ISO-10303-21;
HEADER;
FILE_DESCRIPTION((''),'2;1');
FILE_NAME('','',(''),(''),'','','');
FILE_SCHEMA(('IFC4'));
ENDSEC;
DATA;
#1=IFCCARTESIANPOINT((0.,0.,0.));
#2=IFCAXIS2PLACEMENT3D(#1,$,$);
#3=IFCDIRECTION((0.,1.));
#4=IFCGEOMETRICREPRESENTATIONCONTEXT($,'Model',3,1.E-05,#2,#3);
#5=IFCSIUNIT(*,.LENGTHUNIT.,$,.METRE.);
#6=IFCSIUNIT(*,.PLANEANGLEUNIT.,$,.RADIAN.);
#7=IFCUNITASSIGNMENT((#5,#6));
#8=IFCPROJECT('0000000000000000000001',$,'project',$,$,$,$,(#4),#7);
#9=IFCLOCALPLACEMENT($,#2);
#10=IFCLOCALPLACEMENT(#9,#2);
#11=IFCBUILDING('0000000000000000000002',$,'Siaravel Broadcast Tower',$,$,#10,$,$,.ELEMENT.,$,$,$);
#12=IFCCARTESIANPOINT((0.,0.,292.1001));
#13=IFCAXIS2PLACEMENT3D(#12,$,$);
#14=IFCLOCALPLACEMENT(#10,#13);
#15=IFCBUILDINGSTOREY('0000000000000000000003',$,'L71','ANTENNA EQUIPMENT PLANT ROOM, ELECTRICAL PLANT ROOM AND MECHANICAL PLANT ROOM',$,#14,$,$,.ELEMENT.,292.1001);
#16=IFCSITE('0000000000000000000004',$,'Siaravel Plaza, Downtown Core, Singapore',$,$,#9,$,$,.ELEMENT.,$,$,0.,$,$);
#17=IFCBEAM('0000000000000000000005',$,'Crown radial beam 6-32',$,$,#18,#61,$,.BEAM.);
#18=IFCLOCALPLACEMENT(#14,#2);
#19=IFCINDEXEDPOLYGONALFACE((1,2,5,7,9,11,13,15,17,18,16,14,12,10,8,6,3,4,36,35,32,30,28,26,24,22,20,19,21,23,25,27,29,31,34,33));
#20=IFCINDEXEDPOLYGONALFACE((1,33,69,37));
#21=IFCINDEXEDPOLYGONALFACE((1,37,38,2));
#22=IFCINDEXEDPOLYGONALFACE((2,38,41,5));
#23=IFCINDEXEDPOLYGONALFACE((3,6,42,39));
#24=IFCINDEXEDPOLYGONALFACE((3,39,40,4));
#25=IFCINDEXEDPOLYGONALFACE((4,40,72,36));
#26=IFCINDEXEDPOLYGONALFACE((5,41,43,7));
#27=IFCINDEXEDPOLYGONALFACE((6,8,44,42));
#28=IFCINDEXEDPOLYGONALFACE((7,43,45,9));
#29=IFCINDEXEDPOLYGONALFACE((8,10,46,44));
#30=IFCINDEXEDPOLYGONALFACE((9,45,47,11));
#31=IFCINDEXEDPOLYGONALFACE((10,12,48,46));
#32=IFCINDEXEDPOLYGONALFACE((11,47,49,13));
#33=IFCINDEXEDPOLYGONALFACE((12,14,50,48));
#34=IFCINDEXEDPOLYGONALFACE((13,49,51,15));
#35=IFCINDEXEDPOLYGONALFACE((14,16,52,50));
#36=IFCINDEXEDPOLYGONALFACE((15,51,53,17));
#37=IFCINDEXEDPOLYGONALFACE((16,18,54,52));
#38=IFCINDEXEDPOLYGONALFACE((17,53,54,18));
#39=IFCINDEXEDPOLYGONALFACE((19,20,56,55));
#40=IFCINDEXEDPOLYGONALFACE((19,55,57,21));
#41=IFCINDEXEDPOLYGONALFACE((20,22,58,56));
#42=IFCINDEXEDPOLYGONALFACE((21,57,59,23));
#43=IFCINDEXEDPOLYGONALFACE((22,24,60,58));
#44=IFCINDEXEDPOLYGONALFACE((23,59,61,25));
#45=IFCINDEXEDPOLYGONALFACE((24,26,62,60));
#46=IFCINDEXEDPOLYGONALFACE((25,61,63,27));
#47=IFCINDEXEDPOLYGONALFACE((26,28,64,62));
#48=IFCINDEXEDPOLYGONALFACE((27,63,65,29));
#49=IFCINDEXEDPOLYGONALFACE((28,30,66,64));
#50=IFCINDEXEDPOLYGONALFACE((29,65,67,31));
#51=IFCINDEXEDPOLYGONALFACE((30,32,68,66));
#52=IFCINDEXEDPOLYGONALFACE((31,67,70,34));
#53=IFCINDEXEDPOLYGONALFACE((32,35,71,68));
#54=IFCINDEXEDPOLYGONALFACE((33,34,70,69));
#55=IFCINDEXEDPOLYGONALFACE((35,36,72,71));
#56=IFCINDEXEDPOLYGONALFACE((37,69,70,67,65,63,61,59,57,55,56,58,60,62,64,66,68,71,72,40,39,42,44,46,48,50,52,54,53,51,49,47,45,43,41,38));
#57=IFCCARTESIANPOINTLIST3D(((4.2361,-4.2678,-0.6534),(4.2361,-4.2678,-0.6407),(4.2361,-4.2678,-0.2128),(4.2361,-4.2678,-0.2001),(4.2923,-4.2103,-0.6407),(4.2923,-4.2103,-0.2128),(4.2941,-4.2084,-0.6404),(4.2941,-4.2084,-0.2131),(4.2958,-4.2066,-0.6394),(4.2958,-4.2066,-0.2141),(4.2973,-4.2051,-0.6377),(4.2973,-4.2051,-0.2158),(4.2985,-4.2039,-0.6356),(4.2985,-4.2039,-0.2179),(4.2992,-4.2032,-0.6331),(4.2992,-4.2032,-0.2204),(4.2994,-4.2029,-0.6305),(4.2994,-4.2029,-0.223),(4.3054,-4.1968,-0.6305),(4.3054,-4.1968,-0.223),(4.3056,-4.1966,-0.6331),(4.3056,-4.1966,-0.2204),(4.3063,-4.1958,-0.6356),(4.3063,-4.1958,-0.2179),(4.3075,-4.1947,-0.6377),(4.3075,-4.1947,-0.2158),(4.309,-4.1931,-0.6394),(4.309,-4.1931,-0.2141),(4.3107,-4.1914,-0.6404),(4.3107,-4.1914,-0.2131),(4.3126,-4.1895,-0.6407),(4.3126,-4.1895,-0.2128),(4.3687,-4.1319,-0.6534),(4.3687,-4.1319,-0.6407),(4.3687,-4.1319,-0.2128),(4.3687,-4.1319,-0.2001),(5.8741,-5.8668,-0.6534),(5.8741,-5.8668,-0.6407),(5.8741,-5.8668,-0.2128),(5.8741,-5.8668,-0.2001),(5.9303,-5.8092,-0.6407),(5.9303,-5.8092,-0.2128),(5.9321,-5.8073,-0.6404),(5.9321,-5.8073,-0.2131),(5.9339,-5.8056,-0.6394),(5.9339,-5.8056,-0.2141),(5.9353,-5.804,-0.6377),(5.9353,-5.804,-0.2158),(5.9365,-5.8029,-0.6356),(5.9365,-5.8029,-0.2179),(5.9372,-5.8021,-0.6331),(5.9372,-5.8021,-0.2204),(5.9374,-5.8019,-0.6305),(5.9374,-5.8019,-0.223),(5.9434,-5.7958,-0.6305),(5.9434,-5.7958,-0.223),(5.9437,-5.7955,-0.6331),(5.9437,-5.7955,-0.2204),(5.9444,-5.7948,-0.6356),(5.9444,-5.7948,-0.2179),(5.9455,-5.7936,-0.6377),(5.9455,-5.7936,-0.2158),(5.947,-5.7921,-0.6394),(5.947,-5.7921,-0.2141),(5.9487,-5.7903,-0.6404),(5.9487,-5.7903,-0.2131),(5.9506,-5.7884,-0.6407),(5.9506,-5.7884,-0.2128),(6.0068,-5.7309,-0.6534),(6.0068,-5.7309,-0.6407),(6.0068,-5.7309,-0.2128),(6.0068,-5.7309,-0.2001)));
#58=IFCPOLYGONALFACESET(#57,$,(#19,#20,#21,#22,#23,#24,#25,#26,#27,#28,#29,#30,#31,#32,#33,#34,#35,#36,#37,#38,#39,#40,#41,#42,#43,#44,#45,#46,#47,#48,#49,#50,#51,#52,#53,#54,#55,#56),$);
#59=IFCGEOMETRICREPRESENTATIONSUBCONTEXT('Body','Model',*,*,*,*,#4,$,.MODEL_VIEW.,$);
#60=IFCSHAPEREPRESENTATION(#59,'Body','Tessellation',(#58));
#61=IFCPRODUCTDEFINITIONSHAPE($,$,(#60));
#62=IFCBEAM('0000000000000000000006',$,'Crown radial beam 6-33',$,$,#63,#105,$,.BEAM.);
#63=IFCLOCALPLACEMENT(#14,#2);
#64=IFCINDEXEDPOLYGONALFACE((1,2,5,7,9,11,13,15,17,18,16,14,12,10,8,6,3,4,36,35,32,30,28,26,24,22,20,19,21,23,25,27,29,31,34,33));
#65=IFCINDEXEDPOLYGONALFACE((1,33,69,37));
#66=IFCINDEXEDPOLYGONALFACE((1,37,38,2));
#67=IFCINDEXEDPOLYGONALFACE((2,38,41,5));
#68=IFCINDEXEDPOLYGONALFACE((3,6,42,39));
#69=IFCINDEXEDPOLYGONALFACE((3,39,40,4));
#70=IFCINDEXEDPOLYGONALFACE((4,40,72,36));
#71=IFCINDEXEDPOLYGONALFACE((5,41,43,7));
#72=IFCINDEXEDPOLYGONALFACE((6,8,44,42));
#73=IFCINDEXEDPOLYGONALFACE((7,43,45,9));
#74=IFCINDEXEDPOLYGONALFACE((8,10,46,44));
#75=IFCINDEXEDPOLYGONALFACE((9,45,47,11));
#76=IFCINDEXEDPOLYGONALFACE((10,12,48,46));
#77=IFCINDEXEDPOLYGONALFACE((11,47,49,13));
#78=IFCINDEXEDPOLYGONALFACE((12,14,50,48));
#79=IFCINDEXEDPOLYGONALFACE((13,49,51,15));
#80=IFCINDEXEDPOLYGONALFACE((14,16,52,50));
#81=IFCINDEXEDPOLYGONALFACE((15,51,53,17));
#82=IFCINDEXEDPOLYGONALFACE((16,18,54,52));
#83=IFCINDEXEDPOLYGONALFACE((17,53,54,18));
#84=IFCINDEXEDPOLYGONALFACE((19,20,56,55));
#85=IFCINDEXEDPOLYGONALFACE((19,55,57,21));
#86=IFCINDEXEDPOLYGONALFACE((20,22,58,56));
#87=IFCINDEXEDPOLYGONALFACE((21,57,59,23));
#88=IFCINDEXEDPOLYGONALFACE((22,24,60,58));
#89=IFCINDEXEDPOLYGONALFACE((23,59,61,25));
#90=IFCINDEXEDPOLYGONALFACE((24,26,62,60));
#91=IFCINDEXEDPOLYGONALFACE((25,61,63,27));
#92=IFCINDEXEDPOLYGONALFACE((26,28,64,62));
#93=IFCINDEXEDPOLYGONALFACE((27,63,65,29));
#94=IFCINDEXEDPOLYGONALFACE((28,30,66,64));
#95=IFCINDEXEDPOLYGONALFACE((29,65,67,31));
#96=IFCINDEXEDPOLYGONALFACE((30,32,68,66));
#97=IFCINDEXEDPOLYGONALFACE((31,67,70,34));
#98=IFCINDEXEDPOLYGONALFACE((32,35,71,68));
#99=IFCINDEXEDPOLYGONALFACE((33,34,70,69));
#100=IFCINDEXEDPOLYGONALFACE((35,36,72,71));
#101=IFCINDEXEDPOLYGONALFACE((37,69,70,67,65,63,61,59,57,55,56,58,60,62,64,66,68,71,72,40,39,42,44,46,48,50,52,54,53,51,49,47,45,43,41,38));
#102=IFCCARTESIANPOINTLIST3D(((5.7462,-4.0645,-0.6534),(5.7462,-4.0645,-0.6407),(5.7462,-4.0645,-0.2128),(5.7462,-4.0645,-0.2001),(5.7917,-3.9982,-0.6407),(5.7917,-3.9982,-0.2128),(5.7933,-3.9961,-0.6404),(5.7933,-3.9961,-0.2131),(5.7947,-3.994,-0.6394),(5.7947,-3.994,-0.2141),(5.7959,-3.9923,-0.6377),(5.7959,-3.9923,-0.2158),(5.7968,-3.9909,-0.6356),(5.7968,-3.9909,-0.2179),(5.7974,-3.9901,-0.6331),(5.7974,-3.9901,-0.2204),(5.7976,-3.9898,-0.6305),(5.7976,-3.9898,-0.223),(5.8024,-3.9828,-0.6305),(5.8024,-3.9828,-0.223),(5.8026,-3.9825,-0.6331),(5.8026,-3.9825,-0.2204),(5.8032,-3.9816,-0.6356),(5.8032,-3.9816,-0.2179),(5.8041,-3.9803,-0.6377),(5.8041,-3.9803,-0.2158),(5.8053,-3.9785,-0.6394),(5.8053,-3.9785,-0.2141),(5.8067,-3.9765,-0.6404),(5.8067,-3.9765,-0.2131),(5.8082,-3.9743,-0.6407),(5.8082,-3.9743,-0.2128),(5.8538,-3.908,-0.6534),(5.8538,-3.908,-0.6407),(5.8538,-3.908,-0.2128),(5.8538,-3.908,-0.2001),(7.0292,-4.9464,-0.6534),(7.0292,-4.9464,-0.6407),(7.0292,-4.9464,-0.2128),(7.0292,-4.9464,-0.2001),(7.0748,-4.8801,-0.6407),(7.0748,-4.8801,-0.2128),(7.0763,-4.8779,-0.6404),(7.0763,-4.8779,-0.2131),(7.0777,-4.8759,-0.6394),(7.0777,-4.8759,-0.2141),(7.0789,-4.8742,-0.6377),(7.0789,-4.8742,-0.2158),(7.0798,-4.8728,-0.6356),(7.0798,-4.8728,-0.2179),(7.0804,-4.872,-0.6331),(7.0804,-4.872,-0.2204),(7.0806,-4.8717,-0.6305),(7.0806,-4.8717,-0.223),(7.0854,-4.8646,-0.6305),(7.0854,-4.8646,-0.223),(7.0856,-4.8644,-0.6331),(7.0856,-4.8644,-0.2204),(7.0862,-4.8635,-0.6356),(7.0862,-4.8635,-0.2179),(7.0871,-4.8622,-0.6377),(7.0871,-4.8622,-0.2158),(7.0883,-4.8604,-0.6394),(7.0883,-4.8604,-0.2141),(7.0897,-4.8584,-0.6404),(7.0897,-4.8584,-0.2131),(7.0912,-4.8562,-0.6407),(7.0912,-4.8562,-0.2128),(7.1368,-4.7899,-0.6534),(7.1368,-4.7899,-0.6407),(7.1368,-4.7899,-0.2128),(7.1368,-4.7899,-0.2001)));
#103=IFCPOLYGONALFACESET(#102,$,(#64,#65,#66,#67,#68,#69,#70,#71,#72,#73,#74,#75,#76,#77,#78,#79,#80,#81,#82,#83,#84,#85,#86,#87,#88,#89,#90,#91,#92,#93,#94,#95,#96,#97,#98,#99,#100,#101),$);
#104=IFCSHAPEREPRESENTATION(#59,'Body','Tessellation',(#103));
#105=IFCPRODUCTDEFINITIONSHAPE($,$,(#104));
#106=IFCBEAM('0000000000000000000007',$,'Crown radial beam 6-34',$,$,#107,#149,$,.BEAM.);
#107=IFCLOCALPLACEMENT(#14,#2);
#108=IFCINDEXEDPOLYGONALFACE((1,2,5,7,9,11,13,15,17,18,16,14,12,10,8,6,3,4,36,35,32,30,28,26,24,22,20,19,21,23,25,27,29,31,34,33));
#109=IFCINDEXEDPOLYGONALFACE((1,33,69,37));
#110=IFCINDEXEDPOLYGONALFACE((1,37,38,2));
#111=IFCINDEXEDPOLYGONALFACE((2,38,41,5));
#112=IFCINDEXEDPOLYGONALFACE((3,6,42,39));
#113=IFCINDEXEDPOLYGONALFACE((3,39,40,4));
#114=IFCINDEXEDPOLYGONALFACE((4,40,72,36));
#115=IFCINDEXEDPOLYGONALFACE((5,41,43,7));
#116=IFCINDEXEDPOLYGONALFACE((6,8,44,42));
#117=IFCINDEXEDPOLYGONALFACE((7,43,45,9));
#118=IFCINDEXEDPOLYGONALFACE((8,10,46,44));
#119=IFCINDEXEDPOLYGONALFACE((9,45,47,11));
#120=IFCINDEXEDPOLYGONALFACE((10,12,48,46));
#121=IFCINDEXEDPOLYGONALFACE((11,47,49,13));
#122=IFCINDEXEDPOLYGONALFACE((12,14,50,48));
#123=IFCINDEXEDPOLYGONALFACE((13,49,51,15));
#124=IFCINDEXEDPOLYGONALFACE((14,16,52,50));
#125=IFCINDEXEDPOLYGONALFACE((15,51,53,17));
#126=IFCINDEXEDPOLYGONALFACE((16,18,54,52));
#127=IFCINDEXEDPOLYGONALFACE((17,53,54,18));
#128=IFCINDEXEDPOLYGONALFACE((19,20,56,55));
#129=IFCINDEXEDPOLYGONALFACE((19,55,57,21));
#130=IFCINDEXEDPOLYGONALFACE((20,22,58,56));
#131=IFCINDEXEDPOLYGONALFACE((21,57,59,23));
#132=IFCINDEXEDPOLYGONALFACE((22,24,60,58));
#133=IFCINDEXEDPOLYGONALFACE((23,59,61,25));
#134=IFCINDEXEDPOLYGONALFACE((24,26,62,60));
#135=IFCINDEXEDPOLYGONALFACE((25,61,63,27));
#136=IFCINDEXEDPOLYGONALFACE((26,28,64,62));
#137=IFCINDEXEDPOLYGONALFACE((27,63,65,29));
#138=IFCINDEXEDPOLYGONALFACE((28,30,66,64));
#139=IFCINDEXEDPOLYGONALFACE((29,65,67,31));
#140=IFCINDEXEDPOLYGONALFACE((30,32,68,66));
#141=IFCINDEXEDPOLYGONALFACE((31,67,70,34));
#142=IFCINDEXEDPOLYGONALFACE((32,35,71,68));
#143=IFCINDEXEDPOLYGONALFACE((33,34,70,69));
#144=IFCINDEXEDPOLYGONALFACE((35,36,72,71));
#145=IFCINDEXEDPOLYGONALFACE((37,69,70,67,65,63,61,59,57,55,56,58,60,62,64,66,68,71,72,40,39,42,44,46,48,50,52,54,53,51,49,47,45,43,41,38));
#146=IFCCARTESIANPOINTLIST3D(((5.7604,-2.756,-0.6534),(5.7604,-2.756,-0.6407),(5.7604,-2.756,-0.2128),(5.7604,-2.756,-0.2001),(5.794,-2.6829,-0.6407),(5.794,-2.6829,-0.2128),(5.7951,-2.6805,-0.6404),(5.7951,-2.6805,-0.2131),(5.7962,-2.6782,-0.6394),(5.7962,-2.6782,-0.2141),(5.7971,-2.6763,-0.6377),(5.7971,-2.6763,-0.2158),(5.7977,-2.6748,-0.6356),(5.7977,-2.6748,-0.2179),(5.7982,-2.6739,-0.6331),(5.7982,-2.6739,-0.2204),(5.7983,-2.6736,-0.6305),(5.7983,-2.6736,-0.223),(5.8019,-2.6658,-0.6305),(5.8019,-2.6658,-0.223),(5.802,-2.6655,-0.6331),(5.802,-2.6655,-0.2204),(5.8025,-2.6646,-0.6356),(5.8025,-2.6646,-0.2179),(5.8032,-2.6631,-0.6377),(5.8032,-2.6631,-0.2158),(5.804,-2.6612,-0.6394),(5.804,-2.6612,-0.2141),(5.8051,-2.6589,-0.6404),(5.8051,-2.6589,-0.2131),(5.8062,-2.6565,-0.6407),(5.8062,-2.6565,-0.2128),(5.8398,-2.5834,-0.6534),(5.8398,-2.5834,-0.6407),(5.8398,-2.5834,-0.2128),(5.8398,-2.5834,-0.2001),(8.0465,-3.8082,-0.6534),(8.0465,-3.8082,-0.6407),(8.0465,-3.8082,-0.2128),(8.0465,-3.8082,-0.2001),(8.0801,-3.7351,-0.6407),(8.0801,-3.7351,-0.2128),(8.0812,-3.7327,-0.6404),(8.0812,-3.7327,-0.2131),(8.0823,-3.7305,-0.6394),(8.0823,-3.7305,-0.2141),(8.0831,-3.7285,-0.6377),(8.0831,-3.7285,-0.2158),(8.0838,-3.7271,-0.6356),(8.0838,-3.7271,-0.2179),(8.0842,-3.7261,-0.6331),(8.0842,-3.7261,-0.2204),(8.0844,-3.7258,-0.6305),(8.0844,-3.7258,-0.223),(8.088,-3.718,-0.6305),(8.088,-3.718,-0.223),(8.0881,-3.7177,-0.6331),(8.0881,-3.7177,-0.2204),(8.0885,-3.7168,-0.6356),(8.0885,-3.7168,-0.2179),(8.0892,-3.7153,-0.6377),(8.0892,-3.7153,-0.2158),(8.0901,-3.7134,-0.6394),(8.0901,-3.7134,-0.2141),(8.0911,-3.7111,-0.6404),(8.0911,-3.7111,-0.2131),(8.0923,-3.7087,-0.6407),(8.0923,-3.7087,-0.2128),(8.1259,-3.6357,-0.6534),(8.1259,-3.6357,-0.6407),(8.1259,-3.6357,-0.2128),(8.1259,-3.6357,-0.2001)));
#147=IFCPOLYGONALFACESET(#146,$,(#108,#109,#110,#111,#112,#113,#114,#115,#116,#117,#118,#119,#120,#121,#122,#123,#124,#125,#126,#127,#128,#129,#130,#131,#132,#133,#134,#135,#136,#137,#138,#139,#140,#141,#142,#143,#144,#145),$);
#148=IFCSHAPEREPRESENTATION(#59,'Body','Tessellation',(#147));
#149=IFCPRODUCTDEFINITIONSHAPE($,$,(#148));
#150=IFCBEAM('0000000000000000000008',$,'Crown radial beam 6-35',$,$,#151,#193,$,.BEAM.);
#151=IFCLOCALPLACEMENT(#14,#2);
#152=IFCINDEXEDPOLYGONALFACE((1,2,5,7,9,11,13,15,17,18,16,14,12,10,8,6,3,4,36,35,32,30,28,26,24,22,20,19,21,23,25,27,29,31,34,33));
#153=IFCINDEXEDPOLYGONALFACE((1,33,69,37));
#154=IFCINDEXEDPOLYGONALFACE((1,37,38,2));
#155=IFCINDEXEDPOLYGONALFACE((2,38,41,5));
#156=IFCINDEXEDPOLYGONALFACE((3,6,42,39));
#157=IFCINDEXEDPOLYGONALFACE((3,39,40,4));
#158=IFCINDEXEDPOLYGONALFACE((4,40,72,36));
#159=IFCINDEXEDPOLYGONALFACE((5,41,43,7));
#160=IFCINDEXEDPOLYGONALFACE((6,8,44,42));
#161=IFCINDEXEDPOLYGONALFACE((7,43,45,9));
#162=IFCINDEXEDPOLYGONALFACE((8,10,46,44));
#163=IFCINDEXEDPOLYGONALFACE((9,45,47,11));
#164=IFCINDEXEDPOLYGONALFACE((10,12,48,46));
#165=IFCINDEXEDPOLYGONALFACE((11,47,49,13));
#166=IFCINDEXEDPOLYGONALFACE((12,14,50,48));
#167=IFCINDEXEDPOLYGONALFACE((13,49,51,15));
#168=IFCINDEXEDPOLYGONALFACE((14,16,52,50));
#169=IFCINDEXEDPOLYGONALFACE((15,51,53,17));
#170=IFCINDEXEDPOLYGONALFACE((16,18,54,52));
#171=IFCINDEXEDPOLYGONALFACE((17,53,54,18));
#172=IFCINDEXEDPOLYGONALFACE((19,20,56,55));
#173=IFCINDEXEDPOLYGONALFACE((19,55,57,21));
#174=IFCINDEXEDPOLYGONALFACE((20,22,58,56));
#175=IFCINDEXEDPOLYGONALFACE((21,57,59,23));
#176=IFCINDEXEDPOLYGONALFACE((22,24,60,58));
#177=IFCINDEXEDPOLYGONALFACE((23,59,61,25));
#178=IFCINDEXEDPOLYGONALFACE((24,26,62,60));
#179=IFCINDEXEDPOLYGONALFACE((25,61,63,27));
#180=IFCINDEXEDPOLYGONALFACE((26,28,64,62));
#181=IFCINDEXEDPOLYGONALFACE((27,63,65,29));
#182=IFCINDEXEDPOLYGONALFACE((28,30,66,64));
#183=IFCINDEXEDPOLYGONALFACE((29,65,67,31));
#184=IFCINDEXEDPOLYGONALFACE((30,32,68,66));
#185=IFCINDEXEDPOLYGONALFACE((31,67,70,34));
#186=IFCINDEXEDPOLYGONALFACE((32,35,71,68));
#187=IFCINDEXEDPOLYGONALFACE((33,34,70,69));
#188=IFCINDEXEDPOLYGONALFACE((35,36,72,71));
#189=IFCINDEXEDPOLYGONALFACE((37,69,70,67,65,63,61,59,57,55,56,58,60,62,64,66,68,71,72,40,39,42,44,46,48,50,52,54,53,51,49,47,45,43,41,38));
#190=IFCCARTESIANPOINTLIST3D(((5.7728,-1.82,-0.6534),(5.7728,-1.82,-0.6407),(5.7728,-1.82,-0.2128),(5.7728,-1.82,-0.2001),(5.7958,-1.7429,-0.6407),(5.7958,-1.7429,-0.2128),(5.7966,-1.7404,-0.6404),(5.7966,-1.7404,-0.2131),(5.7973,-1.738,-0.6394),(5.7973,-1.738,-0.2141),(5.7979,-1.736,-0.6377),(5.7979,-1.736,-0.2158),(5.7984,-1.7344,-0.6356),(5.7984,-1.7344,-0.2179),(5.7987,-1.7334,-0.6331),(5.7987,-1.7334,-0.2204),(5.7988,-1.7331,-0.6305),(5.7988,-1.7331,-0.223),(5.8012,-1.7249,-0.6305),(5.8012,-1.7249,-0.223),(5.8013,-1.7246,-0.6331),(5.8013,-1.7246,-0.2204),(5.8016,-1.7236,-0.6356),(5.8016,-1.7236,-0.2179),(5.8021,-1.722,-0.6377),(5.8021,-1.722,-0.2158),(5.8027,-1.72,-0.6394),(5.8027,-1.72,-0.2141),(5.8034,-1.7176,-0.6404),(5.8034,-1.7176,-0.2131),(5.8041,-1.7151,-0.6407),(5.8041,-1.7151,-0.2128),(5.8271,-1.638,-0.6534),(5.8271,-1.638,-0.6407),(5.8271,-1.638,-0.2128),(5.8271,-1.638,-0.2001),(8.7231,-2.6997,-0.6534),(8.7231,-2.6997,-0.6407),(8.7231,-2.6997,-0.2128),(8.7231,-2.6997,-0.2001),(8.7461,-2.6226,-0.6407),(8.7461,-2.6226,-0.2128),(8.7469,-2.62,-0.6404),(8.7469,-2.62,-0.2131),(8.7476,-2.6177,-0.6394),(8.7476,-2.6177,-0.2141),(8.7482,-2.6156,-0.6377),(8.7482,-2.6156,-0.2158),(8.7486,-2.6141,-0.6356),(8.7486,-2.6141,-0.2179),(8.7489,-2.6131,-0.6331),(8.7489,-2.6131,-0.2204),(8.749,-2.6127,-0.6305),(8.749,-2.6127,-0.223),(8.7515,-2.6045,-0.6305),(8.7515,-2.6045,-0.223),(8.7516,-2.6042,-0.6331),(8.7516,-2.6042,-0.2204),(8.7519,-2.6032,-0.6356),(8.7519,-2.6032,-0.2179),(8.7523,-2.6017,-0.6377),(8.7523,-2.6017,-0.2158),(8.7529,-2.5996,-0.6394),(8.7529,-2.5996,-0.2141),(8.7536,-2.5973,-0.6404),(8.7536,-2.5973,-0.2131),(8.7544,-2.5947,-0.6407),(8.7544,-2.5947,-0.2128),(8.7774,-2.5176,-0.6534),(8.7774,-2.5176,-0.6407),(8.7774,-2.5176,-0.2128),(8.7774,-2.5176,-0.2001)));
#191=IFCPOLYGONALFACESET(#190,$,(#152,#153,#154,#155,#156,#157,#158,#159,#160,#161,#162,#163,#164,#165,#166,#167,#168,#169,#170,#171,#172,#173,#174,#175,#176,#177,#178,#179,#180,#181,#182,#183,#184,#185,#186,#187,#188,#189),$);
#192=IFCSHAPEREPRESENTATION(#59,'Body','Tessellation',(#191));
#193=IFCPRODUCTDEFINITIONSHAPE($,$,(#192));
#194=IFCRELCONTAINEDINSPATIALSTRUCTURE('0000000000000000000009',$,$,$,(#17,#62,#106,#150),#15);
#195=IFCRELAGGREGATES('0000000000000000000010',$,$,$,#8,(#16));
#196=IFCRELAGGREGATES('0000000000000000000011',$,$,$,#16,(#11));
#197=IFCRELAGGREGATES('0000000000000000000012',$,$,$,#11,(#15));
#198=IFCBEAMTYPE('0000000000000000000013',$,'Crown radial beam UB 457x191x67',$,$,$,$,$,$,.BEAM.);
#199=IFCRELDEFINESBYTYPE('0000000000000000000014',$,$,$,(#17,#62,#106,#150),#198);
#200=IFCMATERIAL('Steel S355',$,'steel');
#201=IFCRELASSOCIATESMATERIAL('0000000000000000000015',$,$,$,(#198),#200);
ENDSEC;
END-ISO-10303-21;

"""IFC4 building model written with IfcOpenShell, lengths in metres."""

from ifc_helpers import new_model, si_unit, direction, frame, origin, origin_2d, place, context, subcontext, project, spatial, i_section, extrude, material, material_profile, profile_set, type_object, element, save


model = new_model("IFC4")

# Units and contexts
model_context = context("Model", 3, precision=1e-05, world=origin(), true_north=direction((0.0, 1.0)))
body_context = subcontext(model_context, "Body", "Model", "MODEL_VIEW")
ifc_project = project(units=[si_unit("LENGTHUNIT", "METRE"), si_unit("PLANEANGLEUNIT", "RADIAN")], contexts=[model_context])

# Site, building, storey
site_placement = place(None, origin())
site = spatial("IfcSite", under=ifc_project, at=site_placement, Name="Siaravel Plaza, Downtown Core, Singapore", CompositionType="ELEMENT", RefElevation=0.0)
building_placement = place(site_placement, origin())
building = spatial("IfcBuilding", under=site, at=building_placement, Name="Siaravel Broadcast Tower", CompositionType="ELEMENT")
storey_placement = place(building_placement, frame((0.0, 0.0, 292.1001)))
storey = spatial("IfcBuildingStorey", under=building, at=storey_placement, Name="L71", Description="ANTENNA EQUIPMENT PLANT ROOM, ELECTRICAL PLANT ROOM AND MECHANICAL PLANT ROOM", CompositionType="ELEMENT", Elevation=292.1001)

# Beams
ifc_material_1 = material(Name="Steel S355", Category="steel")
ifc_material_profile_1 = material_profile(ifc_material_1, i_section(OverallWidth=0.1899, OverallDepth=0.4534, WebThickness=0.0085, FlangeThickness=0.0127, FilletRadius=0.0103, at=origin_2d()))
ifc_profile_set_1 = profile_set([ifc_material_profile_1], Name="Steel S355")
beam_type_1 = type_object("IfcBeamType", Name="Crown radial beam UB 457x191x67", PredefinedType="BEAM", material=ifc_profile_set_1)
beam_1_placement = place(storey_placement, frame((5.9404, -5.7988, -0.4268), z_axis=(-0.715588, 0.698522, 0.0), x_axis=(-0.698522, -0.715588, 0.0)))
element("IfcBeam", 1, at=beam_1_placement, inside=storey, type_object=beam_type_1, Name="Crown radial beam 6-32", PredefinedType="BEAM", context=body_context, shape_type="SweptSolid", body=[
    extrude(i_section(OverallWidth=0.1899, OverallDepth=0.4534, WebThickness=0.0085, FlangeThickness=0.0127, FilletRadius=0.0103, at=origin_2d()), origin(), (0.0, 0.0, 1.0), 2.2891),
])
beam_2_placement = place(storey_placement, frame((7.083, -4.8682, -0.4268), z_axis=(-0.824101, 0.566442, 0.0), x_axis=(-0.566442, -0.824101, 0.0)))
element("IfcBeam", 2, at=beam_2_placement, inside=storey, type_object=beam_type_1, Name="Crown radial beam 6-33", PredefinedType="BEAM", context=body_context, shape_type="SweptSolid", body=[
    extrude(i_section(OverallWidth=0.1899, OverallDepth=0.4534, WebThickness=0.0085, FlangeThickness=0.0127, FilletRadius=0.0103, at=origin_2d()), origin(), (0.0, 0.0, 1.0), 1.5569),
])
beam_3_placement = place(storey_placement, frame((8.0862, -3.7219, -0.4268), z_axis=(-0.908396, 0.418111, 0.0), x_axis=(-0.418111, -0.908396, 0.0)))
element("IfcBeam", 3, at=beam_3_placement, inside=storey, type_object=beam_type_1, Name="Crown radial beam 6-34", PredefinedType="BEAM", context=body_context, shape_type="SweptSolid", body=[
    extrude(i_section(OverallWidth=0.1899, OverallDepth=0.4534, WebThickness=0.0085, FlangeThickness=0.0127, FilletRadius=0.0103, at=origin_2d()), origin(), (0.0, 0.0, 1.0), 2.5166),
])
beam_4_placement = place(storey_placement, frame((8.7502, -2.6086, -0.4268), z_axis=(-0.958309, 0.285732, 0.0), x_axis=(-0.285732, -0.958309, 0.0)))
element("IfcBeam", 4, at=beam_4_placement, inside=storey, type_object=beam_type_1, Name="Crown radial beam 6-35", PredefinedType="BEAM", context=body_context, shape_type="SweptSolid", body=[
    extrude(i_section(OverallWidth=0.1899, OverallDepth=0.4534, WebThickness=0.0085, FlangeThickness=0.0127, FilletRadius=0.0103, at=origin_2d()), origin(), (0.0, 0.0, 1.0), 3.0786),
])

save(model, "model.ifc")
